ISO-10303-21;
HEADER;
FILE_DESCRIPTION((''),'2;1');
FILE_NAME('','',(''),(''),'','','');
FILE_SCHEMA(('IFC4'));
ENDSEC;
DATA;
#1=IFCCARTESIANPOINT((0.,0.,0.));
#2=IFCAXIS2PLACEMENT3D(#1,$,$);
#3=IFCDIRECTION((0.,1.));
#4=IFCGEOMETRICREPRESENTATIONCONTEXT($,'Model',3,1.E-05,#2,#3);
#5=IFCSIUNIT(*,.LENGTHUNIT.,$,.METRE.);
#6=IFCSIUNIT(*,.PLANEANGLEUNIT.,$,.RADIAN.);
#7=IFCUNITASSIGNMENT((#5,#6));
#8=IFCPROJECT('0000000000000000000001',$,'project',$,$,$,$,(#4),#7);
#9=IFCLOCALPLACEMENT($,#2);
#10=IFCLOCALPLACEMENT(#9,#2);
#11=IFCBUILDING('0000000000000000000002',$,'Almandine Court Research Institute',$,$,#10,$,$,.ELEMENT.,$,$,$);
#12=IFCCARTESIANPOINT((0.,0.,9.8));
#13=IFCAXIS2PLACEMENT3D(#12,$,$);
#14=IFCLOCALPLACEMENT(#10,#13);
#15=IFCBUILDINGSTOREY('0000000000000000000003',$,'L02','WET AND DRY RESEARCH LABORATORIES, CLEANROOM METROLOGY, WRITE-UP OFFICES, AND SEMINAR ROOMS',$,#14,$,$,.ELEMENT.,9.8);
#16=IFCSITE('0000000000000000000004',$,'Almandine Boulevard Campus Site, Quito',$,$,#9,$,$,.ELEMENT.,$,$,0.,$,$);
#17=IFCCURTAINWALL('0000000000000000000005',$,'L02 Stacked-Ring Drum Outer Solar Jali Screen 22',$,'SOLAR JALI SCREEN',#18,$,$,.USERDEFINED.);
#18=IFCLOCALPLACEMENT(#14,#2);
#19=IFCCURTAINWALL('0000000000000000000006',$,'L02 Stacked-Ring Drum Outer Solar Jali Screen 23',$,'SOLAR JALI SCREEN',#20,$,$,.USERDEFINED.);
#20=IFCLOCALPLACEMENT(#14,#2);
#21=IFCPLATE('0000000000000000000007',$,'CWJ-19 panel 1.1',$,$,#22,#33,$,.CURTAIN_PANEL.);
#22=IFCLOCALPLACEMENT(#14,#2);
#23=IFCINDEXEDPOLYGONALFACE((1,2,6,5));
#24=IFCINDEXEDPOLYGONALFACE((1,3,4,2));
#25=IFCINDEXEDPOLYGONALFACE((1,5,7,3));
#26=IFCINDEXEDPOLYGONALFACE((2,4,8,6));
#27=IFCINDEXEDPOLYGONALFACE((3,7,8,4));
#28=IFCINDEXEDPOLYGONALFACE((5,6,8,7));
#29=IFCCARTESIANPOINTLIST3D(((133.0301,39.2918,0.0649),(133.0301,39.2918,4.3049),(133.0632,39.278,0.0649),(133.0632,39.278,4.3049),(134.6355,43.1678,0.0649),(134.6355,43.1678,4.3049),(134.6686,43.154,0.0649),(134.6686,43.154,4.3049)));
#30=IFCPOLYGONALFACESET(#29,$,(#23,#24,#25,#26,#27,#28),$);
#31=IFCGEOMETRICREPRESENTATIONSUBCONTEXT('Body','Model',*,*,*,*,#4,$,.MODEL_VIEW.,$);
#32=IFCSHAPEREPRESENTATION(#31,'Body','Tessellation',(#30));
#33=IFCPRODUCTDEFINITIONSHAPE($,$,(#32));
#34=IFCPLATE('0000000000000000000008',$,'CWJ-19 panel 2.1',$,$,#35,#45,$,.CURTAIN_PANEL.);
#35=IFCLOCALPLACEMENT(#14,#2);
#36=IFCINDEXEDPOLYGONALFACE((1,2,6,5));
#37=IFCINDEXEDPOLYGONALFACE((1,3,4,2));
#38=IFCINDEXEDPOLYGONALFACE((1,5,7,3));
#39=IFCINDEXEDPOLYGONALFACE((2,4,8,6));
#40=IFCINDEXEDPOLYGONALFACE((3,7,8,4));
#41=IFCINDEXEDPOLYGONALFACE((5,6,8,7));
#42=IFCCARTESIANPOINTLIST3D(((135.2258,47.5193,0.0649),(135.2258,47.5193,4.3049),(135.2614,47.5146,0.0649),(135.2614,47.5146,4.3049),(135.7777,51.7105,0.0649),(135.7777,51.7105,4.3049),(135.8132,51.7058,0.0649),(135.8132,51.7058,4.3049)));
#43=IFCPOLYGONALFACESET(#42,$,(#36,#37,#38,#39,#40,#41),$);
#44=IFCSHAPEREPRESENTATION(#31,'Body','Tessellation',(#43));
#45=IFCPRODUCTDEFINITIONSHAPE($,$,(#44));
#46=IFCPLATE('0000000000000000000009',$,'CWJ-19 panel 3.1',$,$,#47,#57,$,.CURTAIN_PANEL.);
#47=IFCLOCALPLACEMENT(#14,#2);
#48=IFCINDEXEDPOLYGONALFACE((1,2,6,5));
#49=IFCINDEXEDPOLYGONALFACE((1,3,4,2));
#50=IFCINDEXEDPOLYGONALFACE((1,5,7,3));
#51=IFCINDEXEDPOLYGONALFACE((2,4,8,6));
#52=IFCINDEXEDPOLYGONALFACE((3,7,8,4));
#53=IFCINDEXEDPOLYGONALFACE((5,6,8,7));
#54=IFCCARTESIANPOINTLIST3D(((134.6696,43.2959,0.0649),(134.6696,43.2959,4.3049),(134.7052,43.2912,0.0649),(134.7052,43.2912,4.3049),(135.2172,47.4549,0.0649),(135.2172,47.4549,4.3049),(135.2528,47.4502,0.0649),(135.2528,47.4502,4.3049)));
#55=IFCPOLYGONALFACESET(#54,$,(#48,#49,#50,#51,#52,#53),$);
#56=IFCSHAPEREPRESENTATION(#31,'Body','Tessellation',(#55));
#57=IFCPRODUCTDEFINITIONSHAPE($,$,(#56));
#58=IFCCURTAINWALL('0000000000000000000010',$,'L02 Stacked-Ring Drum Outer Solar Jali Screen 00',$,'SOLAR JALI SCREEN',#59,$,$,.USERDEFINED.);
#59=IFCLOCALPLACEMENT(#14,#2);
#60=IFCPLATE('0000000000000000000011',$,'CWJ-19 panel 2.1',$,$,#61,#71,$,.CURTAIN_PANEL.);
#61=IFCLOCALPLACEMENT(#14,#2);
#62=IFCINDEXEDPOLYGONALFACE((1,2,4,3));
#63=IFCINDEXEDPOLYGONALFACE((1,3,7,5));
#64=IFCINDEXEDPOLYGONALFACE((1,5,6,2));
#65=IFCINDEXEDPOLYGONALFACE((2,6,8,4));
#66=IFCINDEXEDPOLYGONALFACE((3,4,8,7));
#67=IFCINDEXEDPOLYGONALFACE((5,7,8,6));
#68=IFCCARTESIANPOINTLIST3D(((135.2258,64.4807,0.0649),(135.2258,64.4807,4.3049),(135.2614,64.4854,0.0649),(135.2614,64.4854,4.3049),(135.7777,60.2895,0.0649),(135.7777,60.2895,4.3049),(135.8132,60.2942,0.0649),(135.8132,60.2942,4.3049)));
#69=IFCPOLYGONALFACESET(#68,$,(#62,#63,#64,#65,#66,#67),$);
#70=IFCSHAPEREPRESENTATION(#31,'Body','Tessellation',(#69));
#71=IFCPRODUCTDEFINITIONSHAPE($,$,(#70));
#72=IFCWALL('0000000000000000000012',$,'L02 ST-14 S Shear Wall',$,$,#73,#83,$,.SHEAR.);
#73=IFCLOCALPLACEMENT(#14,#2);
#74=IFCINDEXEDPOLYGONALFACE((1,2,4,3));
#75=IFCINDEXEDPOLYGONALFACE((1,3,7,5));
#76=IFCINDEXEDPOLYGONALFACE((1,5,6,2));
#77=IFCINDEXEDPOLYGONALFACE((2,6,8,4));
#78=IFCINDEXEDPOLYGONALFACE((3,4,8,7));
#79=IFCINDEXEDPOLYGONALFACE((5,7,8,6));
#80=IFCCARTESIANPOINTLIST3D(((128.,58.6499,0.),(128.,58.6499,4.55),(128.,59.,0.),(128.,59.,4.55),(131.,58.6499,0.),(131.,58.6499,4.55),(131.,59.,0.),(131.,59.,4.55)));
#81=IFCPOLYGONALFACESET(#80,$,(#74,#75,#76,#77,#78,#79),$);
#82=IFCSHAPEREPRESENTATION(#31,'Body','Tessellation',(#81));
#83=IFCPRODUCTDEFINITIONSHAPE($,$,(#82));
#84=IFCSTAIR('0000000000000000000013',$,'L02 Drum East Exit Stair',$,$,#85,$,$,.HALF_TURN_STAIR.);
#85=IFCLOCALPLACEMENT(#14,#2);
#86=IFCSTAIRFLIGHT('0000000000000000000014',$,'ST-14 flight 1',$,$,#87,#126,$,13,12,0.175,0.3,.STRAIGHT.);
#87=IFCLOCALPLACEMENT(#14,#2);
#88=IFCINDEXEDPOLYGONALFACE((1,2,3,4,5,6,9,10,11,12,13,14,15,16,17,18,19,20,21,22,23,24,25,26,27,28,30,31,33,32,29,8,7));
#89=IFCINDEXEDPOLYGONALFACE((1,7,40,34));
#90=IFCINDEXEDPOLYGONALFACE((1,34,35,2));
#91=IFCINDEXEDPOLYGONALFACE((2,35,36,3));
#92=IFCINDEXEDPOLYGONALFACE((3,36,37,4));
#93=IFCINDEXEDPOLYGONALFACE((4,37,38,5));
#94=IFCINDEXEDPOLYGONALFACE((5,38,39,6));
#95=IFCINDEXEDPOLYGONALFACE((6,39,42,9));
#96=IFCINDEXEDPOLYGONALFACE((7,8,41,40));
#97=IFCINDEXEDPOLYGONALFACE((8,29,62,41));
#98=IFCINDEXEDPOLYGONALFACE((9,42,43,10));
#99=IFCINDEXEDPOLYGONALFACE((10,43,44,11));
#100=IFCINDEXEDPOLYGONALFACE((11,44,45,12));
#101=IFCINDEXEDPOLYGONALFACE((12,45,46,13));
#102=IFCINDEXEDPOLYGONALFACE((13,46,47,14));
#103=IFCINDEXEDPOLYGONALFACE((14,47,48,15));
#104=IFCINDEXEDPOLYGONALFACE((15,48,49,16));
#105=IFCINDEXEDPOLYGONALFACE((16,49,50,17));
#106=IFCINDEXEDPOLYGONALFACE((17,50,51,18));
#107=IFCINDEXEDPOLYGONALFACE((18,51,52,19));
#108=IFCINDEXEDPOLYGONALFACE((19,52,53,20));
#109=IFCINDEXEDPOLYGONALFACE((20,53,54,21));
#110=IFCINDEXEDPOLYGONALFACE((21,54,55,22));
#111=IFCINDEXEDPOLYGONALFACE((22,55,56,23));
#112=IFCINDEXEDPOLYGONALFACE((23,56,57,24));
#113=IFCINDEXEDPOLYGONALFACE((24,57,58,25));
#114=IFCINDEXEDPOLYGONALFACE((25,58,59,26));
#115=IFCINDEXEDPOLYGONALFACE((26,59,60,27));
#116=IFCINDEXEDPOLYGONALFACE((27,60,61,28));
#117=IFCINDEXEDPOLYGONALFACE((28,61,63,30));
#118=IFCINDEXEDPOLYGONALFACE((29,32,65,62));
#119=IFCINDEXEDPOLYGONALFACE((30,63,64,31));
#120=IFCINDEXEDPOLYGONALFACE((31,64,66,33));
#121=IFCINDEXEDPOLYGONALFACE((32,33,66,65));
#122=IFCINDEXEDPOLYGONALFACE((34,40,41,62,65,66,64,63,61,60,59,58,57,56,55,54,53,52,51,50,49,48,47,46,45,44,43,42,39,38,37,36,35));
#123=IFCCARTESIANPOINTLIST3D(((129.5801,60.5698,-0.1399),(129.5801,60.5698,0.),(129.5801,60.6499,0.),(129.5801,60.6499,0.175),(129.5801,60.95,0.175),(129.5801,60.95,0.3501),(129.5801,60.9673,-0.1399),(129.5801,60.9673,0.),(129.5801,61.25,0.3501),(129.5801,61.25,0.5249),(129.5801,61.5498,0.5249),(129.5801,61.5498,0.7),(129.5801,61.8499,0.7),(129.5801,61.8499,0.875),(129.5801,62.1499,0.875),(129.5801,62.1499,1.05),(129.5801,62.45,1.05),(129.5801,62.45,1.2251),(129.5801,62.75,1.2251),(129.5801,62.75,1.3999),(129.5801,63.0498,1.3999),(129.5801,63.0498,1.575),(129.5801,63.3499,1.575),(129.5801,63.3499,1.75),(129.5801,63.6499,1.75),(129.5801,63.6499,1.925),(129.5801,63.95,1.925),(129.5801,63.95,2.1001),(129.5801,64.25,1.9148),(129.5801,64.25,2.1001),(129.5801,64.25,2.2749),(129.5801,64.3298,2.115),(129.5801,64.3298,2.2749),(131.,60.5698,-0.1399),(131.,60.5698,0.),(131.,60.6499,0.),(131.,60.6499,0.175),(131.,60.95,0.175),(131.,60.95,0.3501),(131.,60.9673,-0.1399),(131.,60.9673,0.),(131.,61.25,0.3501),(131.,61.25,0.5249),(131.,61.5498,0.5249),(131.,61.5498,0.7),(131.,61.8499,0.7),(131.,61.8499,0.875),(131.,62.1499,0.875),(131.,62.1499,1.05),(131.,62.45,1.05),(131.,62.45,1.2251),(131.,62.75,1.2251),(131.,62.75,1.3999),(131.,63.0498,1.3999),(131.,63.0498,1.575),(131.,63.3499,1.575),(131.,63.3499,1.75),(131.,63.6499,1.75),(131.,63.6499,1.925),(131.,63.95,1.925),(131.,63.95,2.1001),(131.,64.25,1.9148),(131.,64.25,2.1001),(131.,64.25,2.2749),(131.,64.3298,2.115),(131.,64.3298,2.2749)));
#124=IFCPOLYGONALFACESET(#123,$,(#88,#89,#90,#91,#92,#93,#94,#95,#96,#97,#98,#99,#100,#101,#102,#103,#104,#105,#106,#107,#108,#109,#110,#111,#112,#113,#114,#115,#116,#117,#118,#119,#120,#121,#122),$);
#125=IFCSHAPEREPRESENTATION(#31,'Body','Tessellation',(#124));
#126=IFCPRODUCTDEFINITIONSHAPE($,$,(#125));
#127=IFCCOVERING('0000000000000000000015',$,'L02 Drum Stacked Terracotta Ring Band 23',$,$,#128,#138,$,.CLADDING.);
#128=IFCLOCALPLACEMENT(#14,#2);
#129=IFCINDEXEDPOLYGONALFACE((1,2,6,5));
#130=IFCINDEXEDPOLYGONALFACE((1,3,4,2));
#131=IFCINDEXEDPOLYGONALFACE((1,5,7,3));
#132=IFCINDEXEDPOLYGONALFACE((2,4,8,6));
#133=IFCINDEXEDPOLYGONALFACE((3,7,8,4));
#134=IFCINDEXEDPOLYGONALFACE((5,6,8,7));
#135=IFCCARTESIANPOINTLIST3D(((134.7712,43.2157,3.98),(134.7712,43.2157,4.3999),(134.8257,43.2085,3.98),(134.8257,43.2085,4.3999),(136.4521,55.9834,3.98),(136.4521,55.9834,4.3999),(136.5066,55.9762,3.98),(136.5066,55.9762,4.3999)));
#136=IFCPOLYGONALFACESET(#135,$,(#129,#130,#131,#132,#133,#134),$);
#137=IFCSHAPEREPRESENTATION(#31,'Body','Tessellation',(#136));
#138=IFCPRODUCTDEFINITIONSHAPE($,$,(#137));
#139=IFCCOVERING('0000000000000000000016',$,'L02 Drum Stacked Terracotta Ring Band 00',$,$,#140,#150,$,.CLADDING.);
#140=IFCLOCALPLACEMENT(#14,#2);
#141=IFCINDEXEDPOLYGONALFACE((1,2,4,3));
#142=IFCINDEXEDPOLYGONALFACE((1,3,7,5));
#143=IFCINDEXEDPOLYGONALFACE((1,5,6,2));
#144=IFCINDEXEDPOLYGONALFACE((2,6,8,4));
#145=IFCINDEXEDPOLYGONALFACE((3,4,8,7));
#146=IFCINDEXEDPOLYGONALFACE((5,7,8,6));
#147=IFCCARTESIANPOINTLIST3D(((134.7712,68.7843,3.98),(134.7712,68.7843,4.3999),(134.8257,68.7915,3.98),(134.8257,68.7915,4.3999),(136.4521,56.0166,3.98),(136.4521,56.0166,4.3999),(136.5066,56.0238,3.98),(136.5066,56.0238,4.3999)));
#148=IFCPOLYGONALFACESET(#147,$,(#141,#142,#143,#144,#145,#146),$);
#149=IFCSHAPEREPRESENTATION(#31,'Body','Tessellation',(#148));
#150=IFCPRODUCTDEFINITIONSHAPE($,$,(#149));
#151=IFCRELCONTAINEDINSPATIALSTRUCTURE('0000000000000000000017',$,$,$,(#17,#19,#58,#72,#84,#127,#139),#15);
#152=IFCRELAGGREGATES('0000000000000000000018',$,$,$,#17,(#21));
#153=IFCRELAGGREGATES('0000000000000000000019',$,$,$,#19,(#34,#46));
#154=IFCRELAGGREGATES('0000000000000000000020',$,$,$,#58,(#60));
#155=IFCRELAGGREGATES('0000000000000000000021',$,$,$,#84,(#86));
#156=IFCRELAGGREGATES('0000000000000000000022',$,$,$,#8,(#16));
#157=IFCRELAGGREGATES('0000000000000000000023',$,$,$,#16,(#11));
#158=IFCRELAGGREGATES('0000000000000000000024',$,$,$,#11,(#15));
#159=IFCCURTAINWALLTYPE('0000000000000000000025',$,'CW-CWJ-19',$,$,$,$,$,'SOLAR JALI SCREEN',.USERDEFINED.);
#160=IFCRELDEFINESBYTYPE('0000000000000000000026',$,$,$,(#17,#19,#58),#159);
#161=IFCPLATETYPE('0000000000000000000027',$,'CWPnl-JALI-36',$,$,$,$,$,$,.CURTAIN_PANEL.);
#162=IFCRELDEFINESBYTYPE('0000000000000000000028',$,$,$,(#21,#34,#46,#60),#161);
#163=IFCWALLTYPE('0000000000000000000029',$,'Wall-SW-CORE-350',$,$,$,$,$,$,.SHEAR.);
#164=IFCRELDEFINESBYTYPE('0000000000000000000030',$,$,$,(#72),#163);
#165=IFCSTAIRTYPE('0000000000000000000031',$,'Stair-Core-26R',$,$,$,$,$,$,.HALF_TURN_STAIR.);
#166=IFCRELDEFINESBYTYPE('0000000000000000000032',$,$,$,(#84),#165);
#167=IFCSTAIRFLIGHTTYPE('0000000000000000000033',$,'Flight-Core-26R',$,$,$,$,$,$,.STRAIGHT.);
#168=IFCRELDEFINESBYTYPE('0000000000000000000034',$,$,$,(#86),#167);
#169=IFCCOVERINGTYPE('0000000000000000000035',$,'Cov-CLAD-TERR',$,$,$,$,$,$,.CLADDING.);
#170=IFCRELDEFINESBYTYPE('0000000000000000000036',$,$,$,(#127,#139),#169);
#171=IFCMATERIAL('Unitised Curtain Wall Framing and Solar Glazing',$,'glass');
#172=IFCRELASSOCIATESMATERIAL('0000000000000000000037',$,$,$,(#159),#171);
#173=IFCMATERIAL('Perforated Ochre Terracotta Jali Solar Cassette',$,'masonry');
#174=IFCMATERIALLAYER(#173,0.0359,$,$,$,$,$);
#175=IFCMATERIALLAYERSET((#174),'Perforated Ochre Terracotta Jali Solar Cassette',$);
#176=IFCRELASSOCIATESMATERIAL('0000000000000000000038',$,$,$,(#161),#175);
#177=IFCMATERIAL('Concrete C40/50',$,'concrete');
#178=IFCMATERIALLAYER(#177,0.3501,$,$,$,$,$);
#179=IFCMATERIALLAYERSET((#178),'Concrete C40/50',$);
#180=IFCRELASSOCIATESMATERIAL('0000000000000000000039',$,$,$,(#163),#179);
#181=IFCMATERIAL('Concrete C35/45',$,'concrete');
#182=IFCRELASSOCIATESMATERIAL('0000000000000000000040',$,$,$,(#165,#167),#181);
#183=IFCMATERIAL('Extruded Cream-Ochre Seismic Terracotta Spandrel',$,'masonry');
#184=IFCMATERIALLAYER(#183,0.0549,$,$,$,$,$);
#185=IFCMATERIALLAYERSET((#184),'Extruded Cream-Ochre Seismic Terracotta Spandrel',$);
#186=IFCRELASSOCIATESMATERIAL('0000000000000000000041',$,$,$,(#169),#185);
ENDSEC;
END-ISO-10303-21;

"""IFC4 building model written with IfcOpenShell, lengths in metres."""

from ifc_helpers import new_model, si_unit, direction, frame, frame_2d, origin, origin_2d, place, context, subcontext, project, spatial, polyline, rectangle, outline, extrude, material, layer, layer_set, type_object, element, aggregate, save


model = new_model("IFC4")

# Units and contexts
model_context = context("Model", 3, precision=1e-05, world=origin(), true_north=direction((0.0, 1.0)))
body_context = subcontext(model_context, "Body", "Model", "MODEL_VIEW")
ifc_project = project(units=[si_unit("LENGTHUNIT", "METRE"), si_unit("PLANEANGLEUNIT", "RADIAN")], contexts=[model_context])

# Site, building, storey
site_placement = place(None, origin())
site = spatial("IfcSite", under=ifc_project, at=site_placement, Name="Almandine Boulevard Campus Site, Quito", CompositionType="ELEMENT", RefElevation=0.0)
building_placement = place(site_placement, origin())
building = spatial("IfcBuilding", under=site, at=building_placement, Name="Almandine Court Research Institute", CompositionType="ELEMENT")
storey_placement = place(building_placement, frame((0.0, 0.0, 9.8)))
storey = spatial("IfcBuildingStorey", under=building, at=storey_placement, Name="L02", Description="WET AND DRY RESEARCH LABORATORIES, CLEANROOM METROLOGY, WRITE-UP OFFICES, AND SEMINAR ROOMS", CompositionType="ELEMENT", Elevation=9.8)

# Curtain wall
ifc_material_1 = material(Name="Unitised Curtain Wall Framing and Solar Glazing", Category="glass")
curtain_wall_type = type_object("IfcCurtainWallType", Name="CW-CWJ-19", ElementType="SOLAR JALI SCREEN", PredefinedType="USERDEFINED", material=ifc_material_1)
curtain_wall_1_placement = place(storey_placement, origin())
curtain_wall_1 = element("IfcCurtainWall", 1, at=curtain_wall_1_placement, inside=storey, type_object=curtain_wall_type, Name="L02 Stacked-Ring Drum Outer Solar Jali Screen 22", ObjectType="SOLAR JALI SCREEN", PredefinedType="USERDEFINED")

# Curtain wall
curtain_wall_2_placement = place(storey_placement, origin())
curtain_wall_2 = element("IfcCurtainWall", 2, at=curtain_wall_2_placement, inside=storey, type_object=curtain_wall_type, Name="L02 Stacked-Ring Drum Outer Solar Jali Screen 23", ObjectType="SOLAR JALI SCREEN", PredefinedType="USERDEFINED")

# Plates
ifc_material_2 = material(Name="Perforated Ochre Terracotta Jali Solar Cassette", Category="masonry")
ifc_layer_1 = layer(ifc_material_2, 0.0359)
ifc_layer_set_1 = layer_set([ifc_layer_1], Name="Perforated Ochre Terracotta Jali Solar Cassette")
plate_type = type_object("IfcPlateType", Name="CWPnl-JALI-36", PredefinedType="CURTAIN_PANEL", material=ifc_layer_set_1)
plate_1_placement = place(storey_placement, frame((133.8494, 41.2229, 0.0649), z_axis=(0.0, 0.0, 1.0), x_axis=(-0.382663, -0.923888, 0.0)))
plate_1 = element("IfcPlate", 3, at=plate_1_placement, type_object=plate_type, Name="CWJ-19 panel 1.1", PredefinedType="CURTAIN_PANEL", context=body_context, shape_type="SweptSolid", body=[
    extrude(rectangle(XDim=4.1953, YDim=0.0359, at=origin_2d()), origin(), (0.0, 0.0, 1.0), 4.24),
])
aggregate(curtain_wall_1, [plate_1])
plate_2_placement = place(storey_placement, frame((135.5195, 49.6125, 0.0649), z_axis=(0.0, 0.0, 1.0), x_axis=(-0.130541, -0.991443, 0.0)))
plate_2 = element("IfcPlate", 4, at=plate_2_placement, type_object=plate_type, Name="CWJ-19 panel 2.1", PredefinedType="CURTAIN_PANEL", context=body_context, shape_type="SweptSolid", body=[
    extrude(rectangle(XDim=4.2273, YDim=0.0359, at=origin_2d()), origin(), (0.0, 0.0, 1.0), 4.24),
])
plate_3_placement = place(storey_placement, frame((134.9612, 45.373, 0.0649), z_axis=(0.0, 0.0, 1.0), x_axis=(-0.130541, -0.991443, 0.0)))
plate_3 = element("IfcPlate", 5, at=plate_3_placement, type_object=plate_type, Name="CWJ-19 panel 3.1", PredefinedType="CURTAIN_PANEL", context=body_context, shape_type="SweptSolid", body=[
    extrude(rectangle(XDim=4.1948, YDim=0.0359, at=origin_2d()), origin(), (0.0, 0.0, 1.0), 4.24),
])
aggregate(curtain_wall_2, [plate_2, plate_3])

# Curtain wall, plate
curtain_wall_3_placement = place(storey_placement, origin())
curtain_wall_3 = element("IfcCurtainWall", 6, at=curtain_wall_3_placement, inside=storey, type_object=curtain_wall_type, Name="L02 Stacked-Ring Drum Outer Solar Jali Screen 00", ObjectType="SOLAR JALI SCREEN", PredefinedType="USERDEFINED")
plate_4_placement = place(storey_placement, frame((135.5195, 62.3875, 0.0649), z_axis=(0.0, 0.0, 1.0), x_axis=(0.130541, -0.991443, 0.0)))
plate_4 = element("IfcPlate", 7, at=plate_4_placement, type_object=plate_type, Name="CWJ-19 panel 2.1", PredefinedType="CURTAIN_PANEL", context=body_context, shape_type="SweptSolid", body=[
    extrude(rectangle(XDim=4.2273, YDim=0.0359, at=origin_2d()), origin(), (0.0, 0.0, 1.0), 4.24),
])
aggregate(curtain_wall_3, [plate_4])

# Wall
ifc_material_3 = material(Name="Concrete C40/50", Category="concrete")
ifc_layer_2 = layer(ifc_material_3, 0.3501)
ifc_layer_set_2 = layer_set([ifc_layer_2], Name="Concrete C40/50")
wall_type = type_object("IfcWallType", Name="Wall-SW-CORE-350", PredefinedType="SHEAR", material=ifc_layer_set_2)
wall_placement = place(storey_placement, frame((131.0, 58.825, 0.0), z_axis=(0.0, 0.0, 1.0), x_axis=(-1.0, 0.0, 0.0)))
element("IfcWall", 8, at=wall_placement, inside=storey, type_object=wall_type, Name="L02 ST-14 S Shear Wall", PredefinedType="SHEAR", context=body_context, shape_type="SweptSolid", body=[
    extrude(rectangle(XDim=3.0, YDim=0.3501, at=frame_2d((1.5, 0.0))), origin(), (0.0, 0.0, 1.0), 4.55),
])

# Stair, stair flight
ifc_material_4 = material(Name="Concrete C35/45", Category="concrete")
stair_type = type_object("IfcStairType", Name="Stair-Core-26R", PredefinedType="HALF_TURN_STAIR", material=ifc_material_4)
stair_placement = place(storey_placement, origin())
stair = element("IfcStair", 9, at=stair_placement, inside=storey, type_object=stair_type, Name="L02 Drum East Exit Stair", PredefinedType="HALF_TURN_STAIR")
stair_flight_type = type_object("IfcStairFlightType", Name="Flight-Core-26R", PredefinedType="STRAIGHT", material=ifc_material_4)
stair_flight_placement = place(storey_placement, frame((130.29, 60.6499, 0.0), z_axis=(0.0, 0.0, 1.0), x_axis=(0.0, 1.0, 0.0)))
stair_flight = element("IfcStairFlight", 10, at=stair_flight_placement, type_object=stair_flight_type, Name="ST-14 flight 1", NumberOfRisers=13, NumberOfTreads=12, PredefinedType="STRAIGHT", RiserHeight=0.175, TreadLength=0.3, context=body_context, shape_type="SweptSolid", body=[
    extrude(outline(polyline([(-0.0801, -0.1399), (-0.0801, 0.0), (0.0, 0.0), (0.0, 0.175), (0.3, 0.175), (0.3, 0.3501), (0.6001, 0.3501), (0.6001, 0.5249), (0.8999, 0.5249), (0.8999, 0.7), (1.2, 0.7), (1.2, 0.875), (1.5, 0.875), (1.5, 1.05), (1.8, 1.05), (1.8, 1.2251), (2.1001, 1.2251), (2.1001, 1.3999), (2.3999, 1.3999), (2.3999, 1.575), (2.7, 1.575), (2.7, 1.75), (3.0, 1.75), (3.0, 1.925), (3.3, 1.925), (3.3, 2.1001), (3.6001, 2.1001), (3.6001, 2.2749), (3.6799, 2.2749), (3.6799, 2.115), (3.6001, 1.9148), (0.3174, 0.0), (0.3174, -0.1399), (-0.0801, -0.1399)])), frame((0.0, 0.71, 0.0), z_axis=(0.0, -1.0, 0.0), x_axis=(1.0, 0.0, 0.0)), (0.0, 0.0, 1.0), 1.4199),
])
aggregate(stair, [stair_flight])

# Coverings
ifc_material_5 = material(Name="Extruded Cream-Ochre Seismic Terracotta Spandrel", Category="masonry")
ifc_layer_3 = layer(ifc_material_5, 0.0549)
ifc_layer_set_3 = layer_set([ifc_layer_3], Name="Extruded Cream-Ochre Seismic Terracotta Spandrel")
covering_type = type_object("IfcCoveringType", Name="Cov-CLAD-TERR", PredefinedType="CLADDING", material=ifc_layer_set_3)
for number, where, z_axis, x_axis, name in (
    (11, (135.6389, 49.5959, 3.98), (0.0, 0.0, 1.0), (-0.130526, -0.991445, 0.0), "L02 Drum Stacked Terracotta Ring Band 23"),
    (12, (135.6389, 62.4041, 3.98), (0.0, 0.0, 1.0), (0.130526, -0.991445, 0.0), "L02 Drum Stacked Terracotta Ring Band 00"),
):
    element("IfcCovering", number, at=place(storey_placement, frame(where, z_axis=z_axis, x_axis=x_axis)), inside=storey, type_object=covering_type, Name=name, PredefinedType="CLADDING", context=body_context, shape_type="SweptSolid", body=[
        extrude(rectangle(XDim=12.8779, YDim=0.0549, at=origin_2d()), origin(), (0.0, 0.0, 1.0), 0.4199),
    ])

save(model, "model.ifc")
